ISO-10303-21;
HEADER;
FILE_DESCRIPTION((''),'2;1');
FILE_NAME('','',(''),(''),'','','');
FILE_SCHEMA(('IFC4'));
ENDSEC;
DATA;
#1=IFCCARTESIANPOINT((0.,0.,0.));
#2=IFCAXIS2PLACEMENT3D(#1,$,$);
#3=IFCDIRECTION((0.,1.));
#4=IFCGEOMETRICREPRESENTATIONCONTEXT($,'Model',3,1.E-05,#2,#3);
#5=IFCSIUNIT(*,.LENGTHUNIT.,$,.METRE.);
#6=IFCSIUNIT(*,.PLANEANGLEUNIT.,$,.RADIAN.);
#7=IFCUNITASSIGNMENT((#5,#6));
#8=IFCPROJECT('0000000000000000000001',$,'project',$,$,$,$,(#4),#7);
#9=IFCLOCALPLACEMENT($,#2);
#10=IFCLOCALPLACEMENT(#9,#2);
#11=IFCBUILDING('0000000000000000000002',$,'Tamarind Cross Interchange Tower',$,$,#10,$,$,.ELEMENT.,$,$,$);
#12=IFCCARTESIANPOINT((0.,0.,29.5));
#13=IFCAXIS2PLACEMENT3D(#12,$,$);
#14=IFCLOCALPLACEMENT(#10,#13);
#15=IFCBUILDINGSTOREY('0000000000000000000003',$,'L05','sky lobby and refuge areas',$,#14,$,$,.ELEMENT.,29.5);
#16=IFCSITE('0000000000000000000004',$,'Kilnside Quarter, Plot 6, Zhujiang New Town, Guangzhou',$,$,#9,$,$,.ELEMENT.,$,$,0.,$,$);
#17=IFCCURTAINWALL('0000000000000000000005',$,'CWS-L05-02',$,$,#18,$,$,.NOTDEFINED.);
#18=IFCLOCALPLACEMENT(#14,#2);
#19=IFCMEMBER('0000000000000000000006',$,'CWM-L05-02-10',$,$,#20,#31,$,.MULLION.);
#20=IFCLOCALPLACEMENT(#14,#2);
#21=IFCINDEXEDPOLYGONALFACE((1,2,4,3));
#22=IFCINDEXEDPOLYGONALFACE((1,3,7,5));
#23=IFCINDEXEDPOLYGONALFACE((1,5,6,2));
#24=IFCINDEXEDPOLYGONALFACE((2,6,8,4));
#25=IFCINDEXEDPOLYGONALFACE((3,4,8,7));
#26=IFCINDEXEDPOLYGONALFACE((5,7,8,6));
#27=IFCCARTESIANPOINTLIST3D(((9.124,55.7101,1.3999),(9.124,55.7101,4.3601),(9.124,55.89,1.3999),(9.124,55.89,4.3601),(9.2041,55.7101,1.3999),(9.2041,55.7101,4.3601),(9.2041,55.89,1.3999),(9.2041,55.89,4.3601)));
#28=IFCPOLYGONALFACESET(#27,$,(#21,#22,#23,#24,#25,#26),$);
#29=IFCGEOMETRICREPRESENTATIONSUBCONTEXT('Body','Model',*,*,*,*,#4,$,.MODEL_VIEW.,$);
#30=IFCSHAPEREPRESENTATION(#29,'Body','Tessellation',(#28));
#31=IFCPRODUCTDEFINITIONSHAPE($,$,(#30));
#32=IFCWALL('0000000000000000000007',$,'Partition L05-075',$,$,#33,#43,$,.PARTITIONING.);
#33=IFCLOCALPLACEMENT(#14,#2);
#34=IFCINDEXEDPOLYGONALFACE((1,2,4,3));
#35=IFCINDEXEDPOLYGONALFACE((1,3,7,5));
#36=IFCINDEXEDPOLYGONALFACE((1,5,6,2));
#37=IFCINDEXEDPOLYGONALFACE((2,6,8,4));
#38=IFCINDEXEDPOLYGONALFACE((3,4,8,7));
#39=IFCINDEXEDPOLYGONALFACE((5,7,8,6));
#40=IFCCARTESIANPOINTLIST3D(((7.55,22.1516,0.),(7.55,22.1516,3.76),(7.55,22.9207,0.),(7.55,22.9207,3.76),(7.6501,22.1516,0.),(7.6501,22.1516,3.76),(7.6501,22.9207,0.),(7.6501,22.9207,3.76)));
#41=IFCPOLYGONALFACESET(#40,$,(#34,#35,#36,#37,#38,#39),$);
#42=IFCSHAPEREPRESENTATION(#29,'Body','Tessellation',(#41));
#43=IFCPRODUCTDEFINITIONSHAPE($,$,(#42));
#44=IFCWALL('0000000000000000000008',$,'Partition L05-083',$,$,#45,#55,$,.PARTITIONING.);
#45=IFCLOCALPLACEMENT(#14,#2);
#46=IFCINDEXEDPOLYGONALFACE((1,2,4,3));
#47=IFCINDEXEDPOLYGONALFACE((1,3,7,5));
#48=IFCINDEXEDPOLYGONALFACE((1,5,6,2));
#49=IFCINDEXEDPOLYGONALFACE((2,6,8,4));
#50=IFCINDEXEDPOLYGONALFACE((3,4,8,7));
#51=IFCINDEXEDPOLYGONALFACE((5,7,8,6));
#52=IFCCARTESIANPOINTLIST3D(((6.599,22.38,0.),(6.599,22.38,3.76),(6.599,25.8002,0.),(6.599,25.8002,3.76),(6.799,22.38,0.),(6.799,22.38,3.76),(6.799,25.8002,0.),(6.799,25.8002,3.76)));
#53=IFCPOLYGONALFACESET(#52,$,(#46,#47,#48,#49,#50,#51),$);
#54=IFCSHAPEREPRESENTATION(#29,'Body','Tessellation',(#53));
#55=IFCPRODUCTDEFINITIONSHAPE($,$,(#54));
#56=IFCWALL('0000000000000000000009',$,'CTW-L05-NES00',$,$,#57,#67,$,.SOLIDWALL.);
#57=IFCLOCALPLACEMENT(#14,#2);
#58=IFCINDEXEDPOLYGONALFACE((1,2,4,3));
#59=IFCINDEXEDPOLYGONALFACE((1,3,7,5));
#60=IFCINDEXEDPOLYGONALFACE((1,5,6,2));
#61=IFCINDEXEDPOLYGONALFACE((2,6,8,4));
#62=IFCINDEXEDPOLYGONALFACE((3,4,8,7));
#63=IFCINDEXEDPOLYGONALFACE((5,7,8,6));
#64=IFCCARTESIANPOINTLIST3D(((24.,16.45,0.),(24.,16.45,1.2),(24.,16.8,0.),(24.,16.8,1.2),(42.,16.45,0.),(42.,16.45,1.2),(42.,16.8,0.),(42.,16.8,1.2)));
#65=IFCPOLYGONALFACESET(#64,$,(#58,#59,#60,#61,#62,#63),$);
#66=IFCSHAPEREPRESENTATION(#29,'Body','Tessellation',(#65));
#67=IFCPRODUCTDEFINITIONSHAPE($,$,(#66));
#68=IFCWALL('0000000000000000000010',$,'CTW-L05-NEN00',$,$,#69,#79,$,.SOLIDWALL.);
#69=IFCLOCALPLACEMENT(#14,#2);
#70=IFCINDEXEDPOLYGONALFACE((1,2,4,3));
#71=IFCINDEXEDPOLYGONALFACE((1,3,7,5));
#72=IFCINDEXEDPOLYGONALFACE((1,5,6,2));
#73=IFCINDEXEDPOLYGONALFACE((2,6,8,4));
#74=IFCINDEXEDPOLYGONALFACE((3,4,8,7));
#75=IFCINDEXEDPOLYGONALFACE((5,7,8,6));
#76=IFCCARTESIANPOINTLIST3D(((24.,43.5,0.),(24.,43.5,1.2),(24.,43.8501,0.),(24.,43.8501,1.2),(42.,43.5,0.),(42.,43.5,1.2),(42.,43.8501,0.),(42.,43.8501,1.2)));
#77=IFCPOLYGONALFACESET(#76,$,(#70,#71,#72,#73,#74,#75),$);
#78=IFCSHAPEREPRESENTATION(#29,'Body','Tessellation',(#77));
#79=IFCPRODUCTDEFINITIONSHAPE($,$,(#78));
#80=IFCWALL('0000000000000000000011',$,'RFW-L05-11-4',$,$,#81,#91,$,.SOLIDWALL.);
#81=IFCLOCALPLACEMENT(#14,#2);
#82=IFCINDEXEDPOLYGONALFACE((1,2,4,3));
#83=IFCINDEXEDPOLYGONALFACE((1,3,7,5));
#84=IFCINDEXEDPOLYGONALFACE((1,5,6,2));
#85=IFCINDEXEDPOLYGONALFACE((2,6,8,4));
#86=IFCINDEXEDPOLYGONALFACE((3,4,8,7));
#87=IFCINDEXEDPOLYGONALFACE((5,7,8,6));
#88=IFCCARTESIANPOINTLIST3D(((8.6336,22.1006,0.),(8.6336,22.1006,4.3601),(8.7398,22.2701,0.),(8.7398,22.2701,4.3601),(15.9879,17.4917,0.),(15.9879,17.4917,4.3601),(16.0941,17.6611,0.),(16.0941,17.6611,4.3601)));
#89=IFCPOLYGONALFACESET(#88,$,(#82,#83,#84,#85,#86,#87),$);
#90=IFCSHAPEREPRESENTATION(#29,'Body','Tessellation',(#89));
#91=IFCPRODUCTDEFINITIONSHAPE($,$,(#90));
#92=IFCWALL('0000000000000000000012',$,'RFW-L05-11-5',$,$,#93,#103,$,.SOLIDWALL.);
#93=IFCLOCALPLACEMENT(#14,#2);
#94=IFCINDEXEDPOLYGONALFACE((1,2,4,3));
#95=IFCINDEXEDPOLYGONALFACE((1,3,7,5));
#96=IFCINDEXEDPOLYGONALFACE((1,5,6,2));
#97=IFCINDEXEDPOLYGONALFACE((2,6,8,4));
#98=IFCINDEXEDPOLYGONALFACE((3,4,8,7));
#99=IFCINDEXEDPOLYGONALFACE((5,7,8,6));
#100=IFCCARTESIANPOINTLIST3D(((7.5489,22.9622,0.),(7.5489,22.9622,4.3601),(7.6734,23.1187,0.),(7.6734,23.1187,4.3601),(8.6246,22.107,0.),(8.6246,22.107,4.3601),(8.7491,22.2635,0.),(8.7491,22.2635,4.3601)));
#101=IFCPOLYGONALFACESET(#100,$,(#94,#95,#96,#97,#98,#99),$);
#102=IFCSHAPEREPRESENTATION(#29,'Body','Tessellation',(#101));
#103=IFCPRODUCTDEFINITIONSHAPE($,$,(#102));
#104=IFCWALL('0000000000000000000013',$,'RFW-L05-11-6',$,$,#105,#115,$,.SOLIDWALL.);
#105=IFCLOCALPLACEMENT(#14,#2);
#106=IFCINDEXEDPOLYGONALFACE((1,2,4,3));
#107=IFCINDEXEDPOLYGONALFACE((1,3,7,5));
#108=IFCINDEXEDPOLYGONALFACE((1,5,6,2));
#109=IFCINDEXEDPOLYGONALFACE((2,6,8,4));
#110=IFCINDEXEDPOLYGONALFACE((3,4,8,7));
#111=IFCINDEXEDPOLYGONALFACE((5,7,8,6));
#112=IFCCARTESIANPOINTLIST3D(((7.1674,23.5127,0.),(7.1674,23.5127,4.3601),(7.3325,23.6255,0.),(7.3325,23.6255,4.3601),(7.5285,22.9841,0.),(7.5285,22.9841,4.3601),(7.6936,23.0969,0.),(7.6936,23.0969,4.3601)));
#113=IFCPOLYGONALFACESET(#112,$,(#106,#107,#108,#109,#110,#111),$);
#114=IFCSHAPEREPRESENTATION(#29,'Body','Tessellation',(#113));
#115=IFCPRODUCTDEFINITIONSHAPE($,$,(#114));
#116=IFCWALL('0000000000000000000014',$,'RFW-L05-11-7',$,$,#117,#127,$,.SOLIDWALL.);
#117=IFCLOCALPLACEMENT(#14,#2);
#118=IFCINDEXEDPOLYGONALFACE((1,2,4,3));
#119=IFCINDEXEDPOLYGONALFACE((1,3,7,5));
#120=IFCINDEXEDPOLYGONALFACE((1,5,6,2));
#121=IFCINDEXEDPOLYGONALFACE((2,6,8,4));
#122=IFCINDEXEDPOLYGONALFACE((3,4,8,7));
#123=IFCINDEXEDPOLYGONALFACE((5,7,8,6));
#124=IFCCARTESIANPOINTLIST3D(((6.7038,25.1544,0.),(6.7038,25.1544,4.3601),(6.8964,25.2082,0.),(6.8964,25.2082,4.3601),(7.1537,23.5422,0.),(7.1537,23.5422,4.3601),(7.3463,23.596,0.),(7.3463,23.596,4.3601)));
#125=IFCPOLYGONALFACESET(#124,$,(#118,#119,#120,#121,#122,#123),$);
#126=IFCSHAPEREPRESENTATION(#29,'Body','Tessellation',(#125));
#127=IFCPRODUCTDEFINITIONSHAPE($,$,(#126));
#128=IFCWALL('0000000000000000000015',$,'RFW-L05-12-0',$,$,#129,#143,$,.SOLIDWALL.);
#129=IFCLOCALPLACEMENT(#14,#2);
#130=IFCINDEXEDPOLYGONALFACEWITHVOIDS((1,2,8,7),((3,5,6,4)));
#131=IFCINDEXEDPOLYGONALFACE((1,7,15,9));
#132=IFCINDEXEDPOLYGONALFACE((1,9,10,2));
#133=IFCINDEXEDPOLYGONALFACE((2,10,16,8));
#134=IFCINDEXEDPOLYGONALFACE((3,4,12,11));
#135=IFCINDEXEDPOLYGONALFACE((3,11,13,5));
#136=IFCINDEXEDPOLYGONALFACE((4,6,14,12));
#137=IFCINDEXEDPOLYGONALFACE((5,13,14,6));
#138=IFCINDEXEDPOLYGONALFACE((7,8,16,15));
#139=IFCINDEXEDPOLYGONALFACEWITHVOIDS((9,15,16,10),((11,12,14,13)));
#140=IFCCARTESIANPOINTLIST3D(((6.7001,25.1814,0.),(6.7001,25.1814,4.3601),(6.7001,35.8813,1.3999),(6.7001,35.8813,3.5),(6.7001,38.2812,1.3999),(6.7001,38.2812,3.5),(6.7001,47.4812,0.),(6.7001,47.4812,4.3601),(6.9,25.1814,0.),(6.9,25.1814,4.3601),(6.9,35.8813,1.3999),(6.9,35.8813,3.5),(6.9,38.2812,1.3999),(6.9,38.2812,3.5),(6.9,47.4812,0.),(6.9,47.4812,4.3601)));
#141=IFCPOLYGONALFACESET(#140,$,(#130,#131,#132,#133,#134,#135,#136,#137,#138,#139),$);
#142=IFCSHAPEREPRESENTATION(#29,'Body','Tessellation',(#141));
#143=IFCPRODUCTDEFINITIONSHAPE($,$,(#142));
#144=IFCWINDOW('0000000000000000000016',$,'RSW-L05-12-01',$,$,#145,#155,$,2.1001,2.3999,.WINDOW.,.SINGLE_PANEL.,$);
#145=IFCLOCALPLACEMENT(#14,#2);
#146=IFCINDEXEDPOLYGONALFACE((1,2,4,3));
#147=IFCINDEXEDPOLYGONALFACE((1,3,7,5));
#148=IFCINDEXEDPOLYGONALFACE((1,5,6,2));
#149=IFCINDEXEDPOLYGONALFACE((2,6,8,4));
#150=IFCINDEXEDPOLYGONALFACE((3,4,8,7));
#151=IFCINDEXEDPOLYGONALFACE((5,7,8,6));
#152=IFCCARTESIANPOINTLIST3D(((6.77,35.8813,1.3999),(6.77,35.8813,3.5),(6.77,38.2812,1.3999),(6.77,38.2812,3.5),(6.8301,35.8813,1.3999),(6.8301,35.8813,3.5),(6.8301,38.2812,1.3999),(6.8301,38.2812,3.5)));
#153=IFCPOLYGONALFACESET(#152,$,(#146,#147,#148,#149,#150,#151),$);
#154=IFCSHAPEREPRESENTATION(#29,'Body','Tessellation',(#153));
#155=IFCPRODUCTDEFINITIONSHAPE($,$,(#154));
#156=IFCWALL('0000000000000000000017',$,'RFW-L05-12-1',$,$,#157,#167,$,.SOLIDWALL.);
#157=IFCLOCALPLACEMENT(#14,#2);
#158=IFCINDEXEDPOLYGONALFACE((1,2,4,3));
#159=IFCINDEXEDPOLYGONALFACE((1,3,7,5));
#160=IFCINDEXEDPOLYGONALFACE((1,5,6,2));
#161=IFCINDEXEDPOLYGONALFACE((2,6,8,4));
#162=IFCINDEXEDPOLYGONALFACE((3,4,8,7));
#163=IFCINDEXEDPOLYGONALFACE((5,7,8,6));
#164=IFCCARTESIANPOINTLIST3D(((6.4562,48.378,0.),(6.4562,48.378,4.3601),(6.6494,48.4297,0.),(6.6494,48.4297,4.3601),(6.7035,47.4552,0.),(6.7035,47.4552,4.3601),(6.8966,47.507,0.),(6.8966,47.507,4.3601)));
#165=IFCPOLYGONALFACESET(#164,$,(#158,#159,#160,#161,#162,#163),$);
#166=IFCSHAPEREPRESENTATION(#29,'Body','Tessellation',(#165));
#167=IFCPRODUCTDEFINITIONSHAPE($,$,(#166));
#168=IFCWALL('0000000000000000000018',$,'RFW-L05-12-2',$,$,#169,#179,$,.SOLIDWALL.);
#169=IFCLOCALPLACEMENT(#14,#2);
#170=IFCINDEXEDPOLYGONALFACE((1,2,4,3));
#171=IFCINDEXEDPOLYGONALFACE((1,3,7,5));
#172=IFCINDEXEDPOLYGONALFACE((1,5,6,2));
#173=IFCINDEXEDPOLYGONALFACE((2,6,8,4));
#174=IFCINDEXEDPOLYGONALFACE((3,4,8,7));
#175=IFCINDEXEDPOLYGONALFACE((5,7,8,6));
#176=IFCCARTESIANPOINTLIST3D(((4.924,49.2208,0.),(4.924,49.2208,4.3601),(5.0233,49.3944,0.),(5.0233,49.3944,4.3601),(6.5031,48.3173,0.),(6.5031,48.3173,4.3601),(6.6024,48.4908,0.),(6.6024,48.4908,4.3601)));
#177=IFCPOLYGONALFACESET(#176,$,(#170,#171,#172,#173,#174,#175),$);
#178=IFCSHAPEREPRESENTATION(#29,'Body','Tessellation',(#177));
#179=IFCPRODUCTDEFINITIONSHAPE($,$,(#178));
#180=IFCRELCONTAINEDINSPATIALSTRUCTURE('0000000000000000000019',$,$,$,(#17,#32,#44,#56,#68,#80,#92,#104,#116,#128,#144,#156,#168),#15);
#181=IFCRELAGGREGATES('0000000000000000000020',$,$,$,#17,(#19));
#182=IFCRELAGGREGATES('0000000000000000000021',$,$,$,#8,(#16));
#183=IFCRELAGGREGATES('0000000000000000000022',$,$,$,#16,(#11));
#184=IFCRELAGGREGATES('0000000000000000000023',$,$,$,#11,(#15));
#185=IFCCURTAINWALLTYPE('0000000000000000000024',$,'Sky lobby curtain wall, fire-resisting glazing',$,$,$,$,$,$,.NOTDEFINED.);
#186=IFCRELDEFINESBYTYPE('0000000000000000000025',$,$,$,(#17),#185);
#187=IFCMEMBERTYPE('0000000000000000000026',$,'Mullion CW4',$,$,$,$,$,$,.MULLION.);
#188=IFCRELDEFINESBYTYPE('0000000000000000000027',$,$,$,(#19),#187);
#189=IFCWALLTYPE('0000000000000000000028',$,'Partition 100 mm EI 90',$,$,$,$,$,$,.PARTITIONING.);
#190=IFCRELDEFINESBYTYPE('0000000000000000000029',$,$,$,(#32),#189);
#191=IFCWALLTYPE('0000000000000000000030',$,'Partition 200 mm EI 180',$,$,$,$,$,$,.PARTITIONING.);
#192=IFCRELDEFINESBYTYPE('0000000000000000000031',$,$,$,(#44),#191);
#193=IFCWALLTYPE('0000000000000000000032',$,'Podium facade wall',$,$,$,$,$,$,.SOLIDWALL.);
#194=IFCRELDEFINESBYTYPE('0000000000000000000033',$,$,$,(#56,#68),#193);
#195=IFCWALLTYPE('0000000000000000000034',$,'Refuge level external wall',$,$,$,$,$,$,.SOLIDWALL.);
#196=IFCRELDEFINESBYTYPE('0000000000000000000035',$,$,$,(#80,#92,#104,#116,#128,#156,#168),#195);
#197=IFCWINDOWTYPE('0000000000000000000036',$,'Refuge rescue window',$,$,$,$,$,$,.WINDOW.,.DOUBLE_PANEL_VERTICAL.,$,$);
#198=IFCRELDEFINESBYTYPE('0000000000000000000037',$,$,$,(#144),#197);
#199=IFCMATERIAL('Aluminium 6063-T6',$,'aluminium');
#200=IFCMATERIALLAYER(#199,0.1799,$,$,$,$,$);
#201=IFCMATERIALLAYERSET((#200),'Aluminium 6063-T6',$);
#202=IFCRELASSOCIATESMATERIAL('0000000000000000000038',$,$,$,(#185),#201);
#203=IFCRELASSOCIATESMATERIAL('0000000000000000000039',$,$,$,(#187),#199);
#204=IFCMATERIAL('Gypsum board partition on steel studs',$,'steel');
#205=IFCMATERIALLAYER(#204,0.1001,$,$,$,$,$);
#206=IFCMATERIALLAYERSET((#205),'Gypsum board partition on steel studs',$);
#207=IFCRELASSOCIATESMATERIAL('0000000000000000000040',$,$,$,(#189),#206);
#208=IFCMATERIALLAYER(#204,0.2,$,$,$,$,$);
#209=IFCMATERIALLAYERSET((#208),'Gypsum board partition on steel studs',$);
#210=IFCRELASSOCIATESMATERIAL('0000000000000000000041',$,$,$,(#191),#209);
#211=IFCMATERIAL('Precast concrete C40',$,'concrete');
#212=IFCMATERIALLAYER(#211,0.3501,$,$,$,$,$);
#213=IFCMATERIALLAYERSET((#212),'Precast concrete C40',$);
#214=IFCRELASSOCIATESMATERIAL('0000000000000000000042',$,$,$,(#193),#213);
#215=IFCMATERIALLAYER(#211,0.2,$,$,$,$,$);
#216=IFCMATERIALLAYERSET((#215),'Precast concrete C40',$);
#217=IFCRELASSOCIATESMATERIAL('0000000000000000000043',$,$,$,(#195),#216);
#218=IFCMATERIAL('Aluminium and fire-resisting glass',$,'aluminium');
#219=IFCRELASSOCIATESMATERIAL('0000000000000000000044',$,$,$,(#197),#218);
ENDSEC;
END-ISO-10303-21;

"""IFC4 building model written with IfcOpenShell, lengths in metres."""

from ifc_helpers import new_model, si_unit, direction, frame, frame_2d, origin, origin_2d, place, context, subcontext, project, spatial, rectangle, extrude, material, layer, layer_set, material_profile, profile_set, type_object, element, fill, aggregate, save


model = new_model("IFC4")

# Units and contexts
model_context = context("Model", 3, precision=1e-05, world=origin(), true_north=direction((0.0, 1.0)))
body_context = subcontext(model_context, "Body", "Model", "MODEL_VIEW")
ifc_project = project(units=[si_unit("LENGTHUNIT", "METRE"), si_unit("PLANEANGLEUNIT", "RADIAN")], contexts=[model_context])

# Site, building, storey
site_placement = place(None, origin())
site = spatial("IfcSite", under=ifc_project, at=site_placement, Name="Kilnside Quarter, Plot 6, Zhujiang New Town, Guangzhou", CompositionType="ELEMENT", RefElevation=0.0)
building_placement = place(site_placement, origin())
building = spatial("IfcBuilding", under=site, at=building_placement, Name="Tamarind Cross Interchange Tower", CompositionType="ELEMENT")
storey_placement = place(building_placement, frame((0.0, 0.0, 29.5)))
storey = spatial("IfcBuildingStorey", under=building, at=storey_placement, Name="L05", Description="sky lobby and refuge areas", CompositionType="ELEMENT", Elevation=29.5)

# Curtain wall, member
ifc_material_1 = material(Name="Aluminium 6063-T6", Category="aluminium")
ifc_layer_1 = layer(ifc_material_1, 0.1799)
ifc_layer_set_1 = layer_set([ifc_layer_1], Name="Aluminium 6063-T6")
curtain_wall_type = type_object("IfcCurtainWallType", Name="Sky lobby curtain wall, fire-resisting glazing", PredefinedType="NOTDEFINED", material=ifc_layer_set_1)
ifc_material_profile_1 = material_profile(ifc_material_1, rectangle(XDim=0.0801, YDim=0.1799, at=origin_2d()), Name="Mullion CW4")
ifc_profile_set_1 = profile_set([ifc_material_profile_1], Name="Aluminium 6063-T6")
member_type = type_object("IfcMemberType", Name="Mullion CW4", PredefinedType="MULLION", material=ifc_profile_set_1)
curtain_wall_1_placement = place(storey_placement, origin())
curtain_wall_1 = element("IfcCurtainWall", 1, at=curtain_wall_1_placement, inside=storey, type_object=curtain_wall_type, Name="CWS-L05-02", PredefinedType="NOTDEFINED")
member_1_placement = place(storey_placement, frame((9.1641, 55.8, 1.3999), z_axis=(0.0, 0.0, 1.0), x_axis=(-1.0, 0.0, 0.0)))
member_1 = element("IfcMember", 2, at=member_1_placement, type_object=member_type, Name="CWM-L05-02-10", PredefinedType="MULLION", context=body_context, shape_type="SweptSolid", body=[
    extrude(rectangle(XDim=0.0801, YDim=0.1799, at=origin_2d()), origin(), (0.0, 0.0, 1.0), 2.9602),
])
aggregate(curtain_wall_1, [member_1])

# Walls
ifc_material_2 = material(Name="Gypsum board partition on steel studs", Category="steel")
ifc_layer_2 = layer(ifc_material_2, 0.1001)
ifc_layer_set_2 = layer_set([ifc_layer_2], Name="Gypsum board partition on steel studs")
wall_type_1 = type_object("IfcWallType", Name="Partition 100 mm EI 90", PredefinedType="PARTITIONING", material=ifc_layer_set_2)
wall_1_placement = place(storey_placement, frame((7.6001, 22.1516, 0.0), z_axis=(0.0, 0.0, 1.0), x_axis=(0.0, 1.0, 0.0)))
element("IfcWall", 3, at=wall_1_placement, inside=storey, type_object=wall_type_1, Name="Partition L05-075", PredefinedType="PARTITIONING", context=body_context, shape_type="SweptSolid", body=[
    extrude(rectangle(XDim=0.769, YDim=0.1001, at=frame_2d((0.3845, 0.0))), origin(), (0.0, 0.0, 1.0), 3.76),
])
ifc_layer_3 = layer(ifc_material_2, 0.2)
ifc_layer_set_3 = layer_set([ifc_layer_3], Name="Gypsum board partition on steel studs")
wall_type_2 = type_object("IfcWallType", Name="Partition 200 mm EI 180", PredefinedType="PARTITIONING", material=ifc_layer_set_3)
wall_2_placement = place(storey_placement, frame((6.699, 25.8, 0.0), z_axis=(0.0, 0.0, 1.0), x_axis=(0.0, -1.0, 0.0)))
element("IfcWall", 4, at=wall_2_placement, inside=storey, type_object=wall_type_2, Name="Partition L05-083", PredefinedType="PARTITIONING", context=body_context, shape_type="SweptSolid", body=[
    extrude(rectangle(XDim=3.4202, YDim=0.2, at=frame_2d((1.71, 0.0))), origin(), (0.0, 0.0, 1.0), 3.76),
])
ifc_material_3 = material(Name="Precast concrete C40", Category="concrete")
ifc_layer_4 = layer(ifc_material_3, 0.3501)
ifc_layer_set_4 = layer_set([ifc_layer_4], Name="Precast concrete C40")
wall_type_3 = type_object("IfcWallType", Name="Podium facade wall", PredefinedType="SOLIDWALL", material=ifc_layer_set_4)
for number, where, z_axis, x_axis, name in (
    (5, (24.0, 16.625, 0.0), (0.0, 0.0, 1.0), (1.0, 0.0, 0.0), "CTW-L05-NES00"),
    (6, (24.0, 43.675, 0.0), (0.0, 0.0, 1.0), (1.0, 0.0, 0.0), "CTW-L05-NEN00"),
):
    element("IfcWall", number, at=place(storey_placement, frame(where, z_axis=z_axis, x_axis=x_axis)), inside=storey, type_object=wall_type_3, Name=name, PredefinedType="SOLIDWALL", context=body_context, shape_type="SweptSolid", body=[
        extrude(rectangle(XDim=18.0, YDim=0.3501, at=frame_2d((9.0, 0.0))), origin(), (0.0, 0.0, 1.0), 1.2),
    ])
ifc_layer_5 = layer(ifc_material_3, 0.2)
ifc_layer_set_5 = layer_set([ifc_layer_5], Name="Precast concrete C40")
wall_type_4 = type_object("IfcWallType", Name="Refuge level external wall", PredefinedType="SOLIDWALL", material=ifc_layer_set_5)
wall_3_placement = place(storey_placement, frame((16.041, 17.5764, 0.0), z_axis=(0.0, 0.0, 1.0), x_axis=(-0.847351, 0.531033, 0.0)))
element("IfcWall", 7, at=wall_3_placement, inside=storey, type_object=wall_type_4, Name="RFW-L05-11-4", PredefinedType="SOLIDWALL", context=body_context, shape_type="SweptSolid", body=[
    extrude(rectangle(XDim=8.6792, YDim=0.2, at=frame_2d((4.3396, 0.0))), origin(), (0.0, 0.0, 1.0), 4.3601),
])
wall_4_placement = place(storey_placement, frame((8.6868, 22.1853, 0.0), z_axis=(0.0, 0.0, 1.0), x_axis=(-0.782754, 0.622331, 0.0)))
element("IfcWall", 8, at=wall_4_placement, inside=storey, type_object=wall_type_4, Name="RFW-L05-11-5", PredefinedType="SOLIDWALL", context=body_context, shape_type="SweptSolid", body=[
    extrude(rectangle(XDim=1.3743, YDim=0.2, at=frame_2d((0.687, 0.0))), origin(), (0.0, 0.0, 1.0), 4.3601),
])
wall_5_placement = place(storey_placement, frame((7.6111, 23.0405, 0.0), z_axis=(0.0, 0.0, 1.0), x_axis=(-0.564082, 0.825719, 0.0)))
element("IfcWall", 9, at=wall_5_placement, inside=storey, type_object=wall_type_4, Name="RFW-L05-11-6", PredefinedType="SOLIDWALL", context=body_context, shape_type="SweptSolid", body=[
    extrude(rectangle(XDim=0.6401, YDim=0.2, at=frame_2d((0.3201, 0.0))), origin(), (0.0, 0.0, 1.0), 4.3601),
])
wall_6_placement = place(storey_placement, frame((7.25, 23.5691, 0.0), z_axis=(0.0, 0.0, 1.0), x_axis=(-0.268802, 0.963195, 0.0)))
element("IfcWall", 10, at=wall_6_placement, inside=storey, type_object=wall_type_4, Name="RFW-L05-11-7", PredefinedType="SOLIDWALL", context=body_context, shape_type="SweptSolid", body=[
    extrude(rectangle(XDim=1.6738, YDim=0.2, at=frame_2d((0.8369, 0.0))), origin(), (0.0, 0.0, 1.0), 4.3601),
])

# Wall, opening, window
wall_7_placement = place(storey_placement, frame((6.8, 25.1814, 0.0), z_axis=(0.0, 0.0, 1.0), x_axis=(0.0, 1.0, 0.0)))
wall_7 = element("IfcWall", 11, at=wall_7_placement, inside=storey, type_object=wall_type_4, Name="RFW-L05-12-0", PredefinedType="SOLIDWALL", context=body_context, shape_type="SweptSolid", body=[
    extrude(rectangle(XDim=22.2998, YDim=0.2, at=frame_2d((11.1499, 0.0))), origin(), (0.0, 0.0, 1.0), 4.3601),
])
opening_placement = place(wall_7_placement, frame((10.7, 0.0, 1.3999)))
opening = element("IfcOpeningElement", 12, at=opening_placement, cuts=wall_7, PredefinedType="OPENING", context=body_context, shape_type="SweptSolid", body=[
    extrude(rectangle(XDim=2.3999, YDim=2.1001, at=frame_2d((1.2, 1.05))), frame((0.0, 0.1099, 0.0), z_axis=(0.0, -1.0, 0.0), x_axis=(1.0, 0.0, 0.0)), (0.0, 0.0, 1.0), 0.22),
])
ifc_material_4 = material(Name="Aluminium and fire-resisting glass", Category="aluminium")
window_type = type_object("IfcWindowType", Name="Refuge rescue window", PartitioningType="DOUBLE_PANEL_VERTICAL", PredefinedType="WINDOW", material=ifc_material_4)
window_placement = place(opening_placement, origin())
window = element("IfcWindow", 13, at=window_placement, inside=storey, type_object=window_type, Name="RSW-L05-12-01", OverallHeight=2.1001, OverallWidth=2.3999, PartitioningType="SINGLE_PANEL", PredefinedType="WINDOW", context=body_context, shape_type="SweptSolid", body=[
    extrude(rectangle(XDim=2.3999, YDim=2.1001, at=frame_2d((1.2, 1.05))), frame((0.0, 0.03, 0.0), z_axis=(0.0, -1.0, 0.0), x_axis=(1.0, 0.0, 0.0)), (0.0, 0.0, 1.0), 0.0601),
])
fill(opening, window)

# Walls
wall_8_placement = place(storey_placement, frame((6.8, 47.4812, 0.0), z_axis=(0.0, 0.0, 1.0), x_axis=(-0.258855, 0.965916, 0.0)))
element("IfcWall", 14, at=wall_8_placement, inside=storey, type_object=wall_type_4, Name="RFW-L05-12-1", PredefinedType="SOLIDWALL", context=body_context, shape_type="SweptSolid", body=[
    extrude(rectangle(XDim=0.9553, YDim=0.2, at=frame_2d((0.4775, 0.0))), origin(), (0.0, 0.0, 1.0), 4.3601),
])
wall_9_placement = place(storey_placement, frame((6.5527, 48.4041, 0.0), z_axis=(0.0, 0.0, 1.0), x_axis=(-0.867954, 0.496645, 0.0)))
element("IfcWall", 15, at=wall_9_placement, inside=storey, type_object=wall_type_4, Name="RFW-L05-12-2", PredefinedType="SOLIDWALL", context=body_context, shape_type="SweptSolid", body=[
    extrude(rectangle(XDim=1.8193, YDim=0.2, at=frame_2d((0.9097, 0.0))), origin(), (0.0, 0.0, 1.0), 4.3601),
])

save(model, "model.ifc")
